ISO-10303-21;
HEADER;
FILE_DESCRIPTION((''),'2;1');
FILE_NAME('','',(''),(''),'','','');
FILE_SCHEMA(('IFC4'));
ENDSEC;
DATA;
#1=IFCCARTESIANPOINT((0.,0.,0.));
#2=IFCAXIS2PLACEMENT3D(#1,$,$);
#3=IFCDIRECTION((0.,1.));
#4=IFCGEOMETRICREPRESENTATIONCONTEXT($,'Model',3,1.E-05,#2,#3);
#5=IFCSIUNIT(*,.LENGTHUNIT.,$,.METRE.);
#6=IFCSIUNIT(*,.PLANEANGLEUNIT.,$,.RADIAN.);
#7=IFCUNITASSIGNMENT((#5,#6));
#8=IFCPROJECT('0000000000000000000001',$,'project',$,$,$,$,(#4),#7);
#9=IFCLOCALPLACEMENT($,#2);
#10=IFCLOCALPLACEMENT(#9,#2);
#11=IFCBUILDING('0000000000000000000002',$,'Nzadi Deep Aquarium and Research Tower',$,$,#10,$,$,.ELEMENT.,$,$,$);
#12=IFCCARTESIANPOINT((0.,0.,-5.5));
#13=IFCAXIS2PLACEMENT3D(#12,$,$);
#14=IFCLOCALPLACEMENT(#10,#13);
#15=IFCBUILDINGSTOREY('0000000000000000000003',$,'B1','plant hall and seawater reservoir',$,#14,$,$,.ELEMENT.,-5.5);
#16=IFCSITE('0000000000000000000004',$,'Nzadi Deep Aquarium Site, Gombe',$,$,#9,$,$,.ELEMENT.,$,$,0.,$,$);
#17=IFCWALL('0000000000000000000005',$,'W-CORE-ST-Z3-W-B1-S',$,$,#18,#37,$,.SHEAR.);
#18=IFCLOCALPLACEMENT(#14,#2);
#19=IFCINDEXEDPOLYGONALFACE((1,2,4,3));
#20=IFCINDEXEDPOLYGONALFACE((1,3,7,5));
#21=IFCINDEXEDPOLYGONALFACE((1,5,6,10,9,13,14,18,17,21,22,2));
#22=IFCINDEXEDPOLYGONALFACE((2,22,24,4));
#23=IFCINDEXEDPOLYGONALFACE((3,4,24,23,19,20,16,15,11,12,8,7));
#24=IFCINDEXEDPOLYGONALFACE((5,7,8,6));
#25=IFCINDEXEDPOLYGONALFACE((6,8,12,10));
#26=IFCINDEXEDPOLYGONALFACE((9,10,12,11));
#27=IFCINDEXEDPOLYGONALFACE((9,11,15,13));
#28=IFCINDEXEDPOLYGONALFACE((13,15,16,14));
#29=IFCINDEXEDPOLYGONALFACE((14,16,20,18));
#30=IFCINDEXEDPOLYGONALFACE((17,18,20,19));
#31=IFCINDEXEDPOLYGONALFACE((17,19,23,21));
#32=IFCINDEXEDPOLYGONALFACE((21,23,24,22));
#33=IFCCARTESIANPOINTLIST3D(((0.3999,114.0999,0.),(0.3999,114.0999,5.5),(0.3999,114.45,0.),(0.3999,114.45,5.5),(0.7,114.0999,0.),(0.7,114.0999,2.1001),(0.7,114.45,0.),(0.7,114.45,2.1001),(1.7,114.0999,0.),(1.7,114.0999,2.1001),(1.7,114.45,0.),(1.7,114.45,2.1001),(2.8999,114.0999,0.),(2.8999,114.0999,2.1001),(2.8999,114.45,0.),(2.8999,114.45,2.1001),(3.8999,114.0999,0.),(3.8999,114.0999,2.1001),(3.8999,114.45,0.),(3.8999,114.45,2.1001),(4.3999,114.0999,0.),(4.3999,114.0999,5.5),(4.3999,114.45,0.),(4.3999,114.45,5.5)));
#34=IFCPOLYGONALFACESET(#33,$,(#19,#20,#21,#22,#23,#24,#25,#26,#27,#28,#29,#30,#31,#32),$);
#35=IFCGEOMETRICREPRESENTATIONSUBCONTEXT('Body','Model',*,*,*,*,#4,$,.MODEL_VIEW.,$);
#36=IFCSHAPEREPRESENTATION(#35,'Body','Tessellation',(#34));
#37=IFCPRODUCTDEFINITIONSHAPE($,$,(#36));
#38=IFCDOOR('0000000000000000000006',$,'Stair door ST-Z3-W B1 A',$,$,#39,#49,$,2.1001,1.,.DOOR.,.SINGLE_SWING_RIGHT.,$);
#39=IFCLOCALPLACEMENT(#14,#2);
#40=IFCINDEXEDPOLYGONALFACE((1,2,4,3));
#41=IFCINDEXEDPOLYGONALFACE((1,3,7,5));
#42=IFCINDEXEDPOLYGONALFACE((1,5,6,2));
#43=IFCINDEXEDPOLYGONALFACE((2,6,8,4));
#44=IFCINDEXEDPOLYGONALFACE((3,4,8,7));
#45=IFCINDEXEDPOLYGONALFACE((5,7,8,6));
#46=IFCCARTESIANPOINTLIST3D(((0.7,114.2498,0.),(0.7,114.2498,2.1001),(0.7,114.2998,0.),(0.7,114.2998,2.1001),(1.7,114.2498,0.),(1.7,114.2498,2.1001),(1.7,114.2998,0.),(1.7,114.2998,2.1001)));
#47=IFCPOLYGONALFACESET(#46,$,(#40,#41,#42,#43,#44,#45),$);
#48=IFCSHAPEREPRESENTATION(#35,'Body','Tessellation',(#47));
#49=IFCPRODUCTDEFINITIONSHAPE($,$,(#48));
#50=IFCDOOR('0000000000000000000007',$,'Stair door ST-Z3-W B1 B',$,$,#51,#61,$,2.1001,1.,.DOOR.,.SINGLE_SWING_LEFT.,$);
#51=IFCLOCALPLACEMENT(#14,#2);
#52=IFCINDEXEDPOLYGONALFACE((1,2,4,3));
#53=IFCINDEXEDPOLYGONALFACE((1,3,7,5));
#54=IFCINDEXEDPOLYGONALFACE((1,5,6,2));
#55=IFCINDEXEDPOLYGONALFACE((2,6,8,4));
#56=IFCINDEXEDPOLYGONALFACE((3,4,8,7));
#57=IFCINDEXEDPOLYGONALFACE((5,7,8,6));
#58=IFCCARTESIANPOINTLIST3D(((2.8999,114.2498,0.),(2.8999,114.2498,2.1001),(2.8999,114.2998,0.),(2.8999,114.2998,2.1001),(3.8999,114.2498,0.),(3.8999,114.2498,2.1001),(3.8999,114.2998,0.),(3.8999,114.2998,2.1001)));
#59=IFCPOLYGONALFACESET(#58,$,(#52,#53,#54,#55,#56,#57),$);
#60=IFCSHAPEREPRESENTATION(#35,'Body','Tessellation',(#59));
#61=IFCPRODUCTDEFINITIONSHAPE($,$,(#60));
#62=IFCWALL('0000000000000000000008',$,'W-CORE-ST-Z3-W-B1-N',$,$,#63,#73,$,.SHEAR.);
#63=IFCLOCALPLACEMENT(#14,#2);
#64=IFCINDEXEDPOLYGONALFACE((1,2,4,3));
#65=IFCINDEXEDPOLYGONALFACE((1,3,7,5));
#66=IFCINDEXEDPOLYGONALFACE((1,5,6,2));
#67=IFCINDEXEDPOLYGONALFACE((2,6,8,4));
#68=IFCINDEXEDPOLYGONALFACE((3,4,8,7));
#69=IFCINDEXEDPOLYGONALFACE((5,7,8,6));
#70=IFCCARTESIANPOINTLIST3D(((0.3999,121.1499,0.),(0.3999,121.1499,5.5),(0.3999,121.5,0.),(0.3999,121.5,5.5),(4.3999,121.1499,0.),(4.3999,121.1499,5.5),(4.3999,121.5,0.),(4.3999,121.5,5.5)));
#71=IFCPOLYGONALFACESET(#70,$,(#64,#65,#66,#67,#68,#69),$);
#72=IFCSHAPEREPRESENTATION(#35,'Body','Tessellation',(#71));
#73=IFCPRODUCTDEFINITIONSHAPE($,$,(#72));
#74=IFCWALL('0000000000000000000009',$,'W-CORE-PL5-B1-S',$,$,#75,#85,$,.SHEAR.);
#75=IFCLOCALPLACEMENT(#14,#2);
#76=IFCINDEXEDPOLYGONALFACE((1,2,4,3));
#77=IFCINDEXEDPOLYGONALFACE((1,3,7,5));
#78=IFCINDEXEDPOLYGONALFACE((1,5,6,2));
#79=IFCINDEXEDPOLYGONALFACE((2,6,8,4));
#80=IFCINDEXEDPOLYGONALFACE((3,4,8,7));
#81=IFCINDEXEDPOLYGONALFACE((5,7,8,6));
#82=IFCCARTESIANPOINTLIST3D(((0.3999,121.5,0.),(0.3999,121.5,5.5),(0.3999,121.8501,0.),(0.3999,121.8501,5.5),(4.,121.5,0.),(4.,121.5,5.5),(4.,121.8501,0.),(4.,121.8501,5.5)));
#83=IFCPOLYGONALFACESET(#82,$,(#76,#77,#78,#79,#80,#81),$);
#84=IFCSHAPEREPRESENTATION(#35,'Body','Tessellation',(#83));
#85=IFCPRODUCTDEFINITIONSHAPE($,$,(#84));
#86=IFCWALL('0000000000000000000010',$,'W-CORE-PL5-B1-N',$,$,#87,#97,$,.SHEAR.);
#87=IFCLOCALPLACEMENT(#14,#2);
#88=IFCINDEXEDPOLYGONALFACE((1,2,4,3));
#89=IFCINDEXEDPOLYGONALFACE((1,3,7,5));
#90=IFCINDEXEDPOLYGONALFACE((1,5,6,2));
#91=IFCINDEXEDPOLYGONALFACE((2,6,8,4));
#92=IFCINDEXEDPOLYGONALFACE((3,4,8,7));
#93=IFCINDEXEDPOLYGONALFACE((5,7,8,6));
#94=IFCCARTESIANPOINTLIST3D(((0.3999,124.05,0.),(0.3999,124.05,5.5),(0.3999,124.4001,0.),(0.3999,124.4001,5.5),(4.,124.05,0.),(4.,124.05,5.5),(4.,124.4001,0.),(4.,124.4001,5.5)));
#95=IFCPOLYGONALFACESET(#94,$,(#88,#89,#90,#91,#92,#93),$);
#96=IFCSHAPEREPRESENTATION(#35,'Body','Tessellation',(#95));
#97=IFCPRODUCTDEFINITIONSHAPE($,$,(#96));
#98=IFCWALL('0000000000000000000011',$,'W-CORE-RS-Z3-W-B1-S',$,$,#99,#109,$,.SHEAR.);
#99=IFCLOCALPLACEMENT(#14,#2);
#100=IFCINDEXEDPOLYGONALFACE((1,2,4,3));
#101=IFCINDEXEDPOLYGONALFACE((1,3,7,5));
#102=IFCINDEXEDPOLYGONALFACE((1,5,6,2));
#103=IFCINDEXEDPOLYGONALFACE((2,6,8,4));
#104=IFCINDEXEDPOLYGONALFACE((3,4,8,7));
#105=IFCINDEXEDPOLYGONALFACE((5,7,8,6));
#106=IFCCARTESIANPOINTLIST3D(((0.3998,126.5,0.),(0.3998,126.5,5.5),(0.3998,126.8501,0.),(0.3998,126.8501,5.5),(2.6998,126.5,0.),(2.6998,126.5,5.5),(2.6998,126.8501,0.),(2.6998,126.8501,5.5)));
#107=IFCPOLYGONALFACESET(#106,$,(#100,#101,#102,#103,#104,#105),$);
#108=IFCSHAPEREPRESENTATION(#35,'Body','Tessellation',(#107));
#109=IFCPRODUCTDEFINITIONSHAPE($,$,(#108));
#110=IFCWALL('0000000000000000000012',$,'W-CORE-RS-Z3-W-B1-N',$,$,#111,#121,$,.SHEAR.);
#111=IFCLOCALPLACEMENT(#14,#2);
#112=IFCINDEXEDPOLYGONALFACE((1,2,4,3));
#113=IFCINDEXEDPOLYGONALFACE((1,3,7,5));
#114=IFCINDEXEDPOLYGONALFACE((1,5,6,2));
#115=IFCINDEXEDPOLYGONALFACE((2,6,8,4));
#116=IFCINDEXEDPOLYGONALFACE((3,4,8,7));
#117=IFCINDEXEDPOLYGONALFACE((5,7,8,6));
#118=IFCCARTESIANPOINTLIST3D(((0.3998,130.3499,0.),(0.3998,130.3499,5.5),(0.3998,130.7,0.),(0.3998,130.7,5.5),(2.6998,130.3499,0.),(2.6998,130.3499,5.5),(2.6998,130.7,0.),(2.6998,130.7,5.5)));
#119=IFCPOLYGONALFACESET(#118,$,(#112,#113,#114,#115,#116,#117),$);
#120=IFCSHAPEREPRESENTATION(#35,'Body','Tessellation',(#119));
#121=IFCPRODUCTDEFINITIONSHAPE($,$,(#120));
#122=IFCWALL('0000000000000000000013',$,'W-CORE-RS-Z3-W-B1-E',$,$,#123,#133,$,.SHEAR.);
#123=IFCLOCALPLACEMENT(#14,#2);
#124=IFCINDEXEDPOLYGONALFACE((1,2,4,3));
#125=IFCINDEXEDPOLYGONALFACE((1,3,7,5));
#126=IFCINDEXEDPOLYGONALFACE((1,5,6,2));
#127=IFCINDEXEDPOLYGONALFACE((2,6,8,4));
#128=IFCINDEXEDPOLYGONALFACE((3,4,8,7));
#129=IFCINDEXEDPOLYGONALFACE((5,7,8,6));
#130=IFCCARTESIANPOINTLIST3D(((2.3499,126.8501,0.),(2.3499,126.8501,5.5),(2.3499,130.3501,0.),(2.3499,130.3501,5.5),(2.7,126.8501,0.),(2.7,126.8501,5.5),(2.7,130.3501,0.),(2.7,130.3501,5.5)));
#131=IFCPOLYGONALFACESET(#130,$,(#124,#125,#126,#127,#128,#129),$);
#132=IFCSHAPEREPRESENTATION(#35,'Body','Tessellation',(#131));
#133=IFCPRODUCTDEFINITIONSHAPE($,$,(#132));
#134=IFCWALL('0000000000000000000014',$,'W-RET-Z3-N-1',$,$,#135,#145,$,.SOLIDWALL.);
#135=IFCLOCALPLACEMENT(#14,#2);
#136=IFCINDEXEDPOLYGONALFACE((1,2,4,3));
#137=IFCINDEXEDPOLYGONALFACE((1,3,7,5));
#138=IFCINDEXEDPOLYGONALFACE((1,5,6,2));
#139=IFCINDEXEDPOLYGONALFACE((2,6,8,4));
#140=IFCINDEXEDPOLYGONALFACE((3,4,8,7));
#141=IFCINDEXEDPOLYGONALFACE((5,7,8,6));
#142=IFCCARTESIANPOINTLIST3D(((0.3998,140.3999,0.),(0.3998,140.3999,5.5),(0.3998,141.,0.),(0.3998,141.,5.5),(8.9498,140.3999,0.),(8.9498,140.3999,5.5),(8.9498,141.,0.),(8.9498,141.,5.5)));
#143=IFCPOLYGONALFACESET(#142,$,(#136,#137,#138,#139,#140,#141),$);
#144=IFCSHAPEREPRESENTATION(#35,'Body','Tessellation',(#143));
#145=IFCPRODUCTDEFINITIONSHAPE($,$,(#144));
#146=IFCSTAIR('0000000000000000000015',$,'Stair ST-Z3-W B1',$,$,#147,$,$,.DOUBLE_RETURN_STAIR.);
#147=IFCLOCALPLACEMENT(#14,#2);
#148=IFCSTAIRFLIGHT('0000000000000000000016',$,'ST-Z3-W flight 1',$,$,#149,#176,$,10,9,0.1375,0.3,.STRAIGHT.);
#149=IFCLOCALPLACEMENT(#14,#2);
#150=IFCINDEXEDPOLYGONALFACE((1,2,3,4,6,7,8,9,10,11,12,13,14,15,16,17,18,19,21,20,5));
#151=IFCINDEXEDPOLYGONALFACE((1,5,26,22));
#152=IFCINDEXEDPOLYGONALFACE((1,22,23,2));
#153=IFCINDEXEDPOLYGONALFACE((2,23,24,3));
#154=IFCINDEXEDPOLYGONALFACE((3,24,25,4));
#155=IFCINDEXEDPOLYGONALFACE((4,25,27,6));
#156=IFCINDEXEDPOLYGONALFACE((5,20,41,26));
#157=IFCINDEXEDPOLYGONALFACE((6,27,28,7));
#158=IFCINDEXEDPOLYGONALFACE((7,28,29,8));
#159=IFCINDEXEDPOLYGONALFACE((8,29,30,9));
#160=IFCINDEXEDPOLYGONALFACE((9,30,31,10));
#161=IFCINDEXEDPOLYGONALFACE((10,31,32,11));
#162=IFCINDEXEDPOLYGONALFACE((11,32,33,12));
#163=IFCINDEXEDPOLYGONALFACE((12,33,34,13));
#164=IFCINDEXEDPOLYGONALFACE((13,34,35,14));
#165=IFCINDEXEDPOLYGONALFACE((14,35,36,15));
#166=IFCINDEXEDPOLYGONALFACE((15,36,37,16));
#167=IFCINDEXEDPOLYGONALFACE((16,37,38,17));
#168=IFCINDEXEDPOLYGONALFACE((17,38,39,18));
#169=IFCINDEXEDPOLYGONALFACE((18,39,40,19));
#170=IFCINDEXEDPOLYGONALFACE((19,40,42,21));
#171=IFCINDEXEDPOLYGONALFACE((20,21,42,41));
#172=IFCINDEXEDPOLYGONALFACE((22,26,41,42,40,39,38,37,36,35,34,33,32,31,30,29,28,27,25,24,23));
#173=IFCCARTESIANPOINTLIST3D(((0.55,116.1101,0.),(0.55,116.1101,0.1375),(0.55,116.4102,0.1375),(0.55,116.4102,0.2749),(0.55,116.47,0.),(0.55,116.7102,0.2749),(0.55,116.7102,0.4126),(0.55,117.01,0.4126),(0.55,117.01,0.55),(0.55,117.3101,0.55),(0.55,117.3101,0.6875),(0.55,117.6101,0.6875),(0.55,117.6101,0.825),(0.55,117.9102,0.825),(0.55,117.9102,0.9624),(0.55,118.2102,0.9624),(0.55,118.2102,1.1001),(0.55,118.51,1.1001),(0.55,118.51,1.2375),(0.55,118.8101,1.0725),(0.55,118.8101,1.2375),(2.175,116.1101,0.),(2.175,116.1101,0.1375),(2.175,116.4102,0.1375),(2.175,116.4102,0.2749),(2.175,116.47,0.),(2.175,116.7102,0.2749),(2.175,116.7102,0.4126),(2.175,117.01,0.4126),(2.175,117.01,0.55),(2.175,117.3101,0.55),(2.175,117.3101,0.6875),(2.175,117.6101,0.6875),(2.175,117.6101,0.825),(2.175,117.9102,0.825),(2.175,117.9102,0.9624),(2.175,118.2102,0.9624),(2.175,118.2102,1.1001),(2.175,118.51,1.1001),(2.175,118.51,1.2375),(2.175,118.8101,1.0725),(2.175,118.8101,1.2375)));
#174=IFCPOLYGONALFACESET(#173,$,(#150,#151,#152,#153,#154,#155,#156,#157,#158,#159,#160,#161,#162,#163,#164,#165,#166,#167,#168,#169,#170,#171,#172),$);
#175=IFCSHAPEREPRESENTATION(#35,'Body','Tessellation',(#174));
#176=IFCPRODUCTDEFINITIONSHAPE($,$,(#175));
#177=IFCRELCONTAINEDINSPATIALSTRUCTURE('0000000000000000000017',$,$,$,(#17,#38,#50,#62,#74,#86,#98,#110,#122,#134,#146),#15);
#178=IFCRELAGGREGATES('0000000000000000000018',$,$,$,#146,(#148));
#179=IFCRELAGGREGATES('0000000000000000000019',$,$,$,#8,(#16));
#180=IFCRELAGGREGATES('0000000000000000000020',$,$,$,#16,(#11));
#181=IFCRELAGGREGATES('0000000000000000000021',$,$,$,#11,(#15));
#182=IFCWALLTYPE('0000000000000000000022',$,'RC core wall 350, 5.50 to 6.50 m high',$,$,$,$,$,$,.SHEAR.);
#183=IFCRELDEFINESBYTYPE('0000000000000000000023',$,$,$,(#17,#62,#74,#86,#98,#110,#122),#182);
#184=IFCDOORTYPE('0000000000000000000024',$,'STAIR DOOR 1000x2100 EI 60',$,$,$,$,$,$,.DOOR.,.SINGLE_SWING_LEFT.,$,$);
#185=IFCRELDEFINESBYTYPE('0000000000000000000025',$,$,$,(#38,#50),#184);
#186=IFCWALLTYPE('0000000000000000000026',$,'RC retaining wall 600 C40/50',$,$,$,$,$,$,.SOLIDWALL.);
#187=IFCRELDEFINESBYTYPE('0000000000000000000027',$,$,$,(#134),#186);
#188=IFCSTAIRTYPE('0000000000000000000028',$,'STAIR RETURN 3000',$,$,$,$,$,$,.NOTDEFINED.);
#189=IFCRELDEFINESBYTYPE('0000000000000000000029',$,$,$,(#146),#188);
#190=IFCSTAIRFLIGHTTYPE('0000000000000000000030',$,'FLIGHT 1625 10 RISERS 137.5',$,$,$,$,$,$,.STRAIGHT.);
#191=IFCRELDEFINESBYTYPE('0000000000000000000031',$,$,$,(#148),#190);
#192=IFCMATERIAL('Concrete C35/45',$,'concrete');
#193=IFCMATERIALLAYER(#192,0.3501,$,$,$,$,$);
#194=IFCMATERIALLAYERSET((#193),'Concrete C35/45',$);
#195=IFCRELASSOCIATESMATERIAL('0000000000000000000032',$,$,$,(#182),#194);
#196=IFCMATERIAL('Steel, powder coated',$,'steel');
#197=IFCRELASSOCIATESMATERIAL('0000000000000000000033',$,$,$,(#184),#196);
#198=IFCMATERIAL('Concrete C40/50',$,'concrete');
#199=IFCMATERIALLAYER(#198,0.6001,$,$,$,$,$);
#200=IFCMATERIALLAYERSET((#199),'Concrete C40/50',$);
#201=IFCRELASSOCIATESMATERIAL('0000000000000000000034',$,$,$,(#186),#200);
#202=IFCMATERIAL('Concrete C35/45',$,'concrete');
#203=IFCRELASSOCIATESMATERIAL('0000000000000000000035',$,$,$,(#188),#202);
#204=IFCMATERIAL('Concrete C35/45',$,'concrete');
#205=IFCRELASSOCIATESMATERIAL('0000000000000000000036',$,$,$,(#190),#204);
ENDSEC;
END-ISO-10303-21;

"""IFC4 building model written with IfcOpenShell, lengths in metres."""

from ifc_helpers import new_model, si_unit, direction, frame, frame_2d, origin, place, context, subcontext, project, spatial, polyline, rectangle, outline, extrude, material, layer, layer_set, type_object, element, fill, aggregate, save


model = new_model("IFC4")

# Units and contexts
model_context = context("Model", 3, precision=1e-05, world=origin(), true_north=direction((0.0, 1.0)))
body_context = subcontext(model_context, "Body", "Model", "MODEL_VIEW")
ifc_project = project(units=[si_unit("LENGTHUNIT", "METRE"), si_unit("PLANEANGLEUNIT", "RADIAN")], contexts=[model_context])

# Site, building, storey
site_placement = place(None, origin())
site = spatial("IfcSite", under=ifc_project, at=site_placement, Name="Nzadi Deep Aquarium Site, Gombe", CompositionType="ELEMENT", RefElevation=0.0)
building_placement = place(site_placement, origin())
building = spatial("IfcBuilding", under=site, at=building_placement, Name="Nzadi Deep Aquarium and Research Tower", CompositionType="ELEMENT")
storey_placement = place(building_placement, frame((0.0, 0.0, -5.5)))
storey = spatial("IfcBuildingStorey", under=building, at=storey_placement, Name="B1", Description="plant hall and seawater reservoir", CompositionType="ELEMENT", Elevation=-5.5)

# Wall, openings, doors
ifc_material_1 = material(Name="Concrete C35/45", Category="concrete")
ifc_layer_1 = layer(ifc_material_1, 0.3501)
ifc_layer_set_1 = layer_set([ifc_layer_1], Name="Concrete C35/45")
wall_type_1 = type_object("IfcWallType", Name="RC core wall 350, 5.50 to 6.50 m high", PredefinedType="SHEAR", material=ifc_layer_set_1)
wall_1_placement = place(storey_placement, frame((0.3999, 114.2749, 0.0), z_axis=(0.0, 0.0, 1.0), x_axis=(1.0, 0.0, 0.0)))
wall_1 = element("IfcWall", 1, at=wall_1_placement, inside=storey, type_object=wall_type_1, Name="W-CORE-ST-Z3-W-B1-S", PredefinedType="SHEAR", context=body_context, shape_type="SweptSolid", body=[
    extrude(rectangle(XDim=4.0, YDim=0.3501, at=frame_2d((2.0, 0.0))), origin(), (0.0, 0.0, 1.0), 5.5),
])
opening_1_placement = place(wall_1_placement, frame((0.3, 0.0, 0.0)))
opening_1 = element("IfcOpeningElement", 2, at=opening_1_placement, cuts=wall_1, PredefinedType="OPENING", context=body_context, shape_type="SweptSolid", body=[
    extrude(rectangle(XDim=1.0, YDim=2.1001, at=frame_2d((0.5, 1.05))), frame((0.0, 0.1851, 0.0), z_axis=(0.0, -1.0, 0.0), x_axis=(1.0, 0.0, 0.0)), (0.0, 0.0, 1.0), 0.3701),
])
opening_2_placement = place(wall_1_placement, frame((2.5, 0.0, 0.0)))
opening_2 = element("IfcOpeningElement", 3, at=opening_2_placement, cuts=wall_1, PredefinedType="OPENING", context=body_context, shape_type="SweptSolid", body=[
    extrude(rectangle(XDim=1.0, YDim=2.1001, at=frame_2d((0.5, 1.05))), frame((0.0, 0.1851, 0.0), z_axis=(0.0, -1.0, 0.0), x_axis=(1.0, 0.0, 0.0)), (0.0, 0.0, 1.0), 0.3701),
])
ifc_material_2 = material(Name="Steel, powder coated", Category="steel")
door_type = type_object("IfcDoorType", Name="STAIR DOOR 1000x2100 EI 60", OperationType="SINGLE_SWING_LEFT", PredefinedType="DOOR", material=ifc_material_2)
door_1_placement = place(opening_1_placement, origin())
door_1 = element("IfcDoor", 4, at=door_1_placement, inside=storey, type_object=door_type, Name="Stair door ST-Z3-W B1 A", OperationType="SINGLE_SWING_RIGHT", OverallHeight=2.1001, OverallWidth=1.0, PredefinedType="DOOR", context=body_context, shape_type="SweptSolid", body=[
    extrude(rectangle(XDim=1.0, YDim=2.1001, at=frame_2d((0.5, 1.05))), frame((0.0, 0.0249, 0.0), z_axis=(0.0, -1.0, 0.0), x_axis=(1.0, 0.0, 0.0)), (0.0, 0.0, 1.0), 0.05),
])
fill(opening_1, door_1)
door_2_placement = place(opening_2_placement, origin())
door_2 = element("IfcDoor", 5, at=door_2_placement, inside=storey, type_object=door_type, Name="Stair door ST-Z3-W B1 B", OperationType="SINGLE_SWING_LEFT", OverallHeight=2.1001, OverallWidth=1.0, PredefinedType="DOOR", context=body_context, shape_type="SweptSolid", body=[
    extrude(rectangle(XDim=1.0, YDim=2.1001, at=frame_2d((0.5, 1.05))), frame((0.0, 0.0249, 0.0), z_axis=(0.0, -1.0, 0.0), x_axis=(1.0, 0.0, 0.0)), (0.0, 0.0, 1.0), 0.05),
])
fill(opening_2, door_2)

# Walls
wall_2_placement = place(storey_placement, frame((0.3999, 121.325, 0.0), z_axis=(0.0, 0.0, 1.0), x_axis=(1.0, 0.0, 0.0)))
element("IfcWall", 6, at=wall_2_placement, inside=storey, type_object=wall_type_1, Name="W-CORE-ST-Z3-W-B1-N", PredefinedType="SHEAR", context=body_context, shape_type="SweptSolid", body=[
    extrude(rectangle(XDim=4.0, YDim=0.3501, at=frame_2d((2.0, 0.0))), origin(), (0.0, 0.0, 1.0), 5.5),
])
for number, where, z_axis, x_axis, name in (
    (7, (0.3999, 121.675, 0.0), (0.0, 0.0, 1.0), (1.0, 0.0, 0.0), "W-CORE-PL5-B1-S"),
    (8, (0.3999, 124.2251, 0.0), (0.0, 0.0, 1.0), (1.0, 0.0, 0.0), "W-CORE-PL5-B1-N"),
):
    element("IfcWall", number, at=place(storey_placement, frame(where, z_axis=z_axis, x_axis=x_axis)), inside=storey, type_object=wall_type_1, Name=name, PredefinedType="SHEAR", context=body_context, shape_type="SweptSolid", body=[
        extrude(rectangle(XDim=3.6001, YDim=0.3501, at=frame_2d((1.8, 0.0))), origin(), (0.0, 0.0, 1.0), 5.5),
    ])
for number, where, z_axis, x_axis, name in (
    (9, (0.3999, 126.675, 0.0), (0.0, 0.0, 1.0), (1.0, 0.0, 0.0), "W-CORE-RS-Z3-W-B1-S"),
    (10, (0.3999, 130.5249, 0.0), (0.0, 0.0, 1.0), (1.0, 0.0, 0.0), "W-CORE-RS-Z3-W-B1-N"),
):
    element("IfcWall", number, at=place(storey_placement, frame(where, z_axis=z_axis, x_axis=x_axis)), inside=storey, type_object=wall_type_1, Name=name, PredefinedType="SHEAR", context=body_context, shape_type="SweptSolid", body=[
        extrude(rectangle(XDim=2.3, YDim=0.3501, at=frame_2d((1.1499, 0.0))), origin(), (0.0, 0.0, 1.0), 5.5),
    ])
wall_3_placement = place(storey_placement, frame((2.5249, 126.8501, 0.0), z_axis=(0.0, 0.0, 1.0), x_axis=(0.0, 1.0, 0.0)))
element("IfcWall", 11, at=wall_3_placement, inside=storey, type_object=wall_type_1, Name="W-CORE-RS-Z3-W-B1-E", PredefinedType="SHEAR", context=body_context, shape_type="SweptSolid", body=[
    extrude(rectangle(XDim=3.5, YDim=0.3501, at=frame_2d((1.75, 0.0))), origin(), (0.0, 0.0, 1.0), 5.5),
])
ifc_material_3 = material(Name="Concrete C40/50", Category="concrete")
ifc_layer_2 = layer(ifc_material_3, 0.6001)
ifc_layer_set_2 = layer_set([ifc_layer_2], Name="Concrete C40/50")
wall_type_2 = type_object("IfcWallType", Name="RC retaining wall 600 C40/50", PredefinedType="SOLIDWALL", material=ifc_layer_set_2)
wall_4_placement = place(storey_placement, frame((0.3999, 140.7, 0.0), z_axis=(0.0, 0.0, 1.0), x_axis=(1.0, 0.0, 0.0)))
element("IfcWall", 12, at=wall_4_placement, inside=storey, type_object=wall_type_2, Name="W-RET-Z3-N-1", PredefinedType="SOLIDWALL", context=body_context, shape_type="SweptSolid", body=[
    extrude(rectangle(XDim=8.55, YDim=0.6001, at=frame_2d((4.2749, 0.0))), origin(), (0.0, 0.0, 1.0), 5.5),
])

# Stair, stair flight
ifc_material_4 = material(Name="Concrete C35/45", Category="concrete")
stair_type = type_object("IfcStairType", Name="STAIR RETURN 3000", PredefinedType="NOTDEFINED", material=ifc_material_4)
stair_placement = place(storey_placement, origin())
stair = element("IfcStair", 13, at=stair_placement, inside=storey, type_object=stair_type, Name="Stair ST-Z3-W B1", PredefinedType="DOUBLE_RETURN_STAIR")
ifc_material_5 = material(Name="Concrete C35/45", Category="concrete")
stair_flight_type = type_object("IfcStairFlightType", Name="FLIGHT 1625 10 RISERS 137.5", PredefinedType="STRAIGHT", material=ifc_material_5)
stair_flight_1_placement = place(storey_placement, frame((1.3625, 116.1101, 0.0), z_axis=(0.0, 0.0, 1.0), x_axis=(0.0, 1.0, 0.0)))
stair_flight_1 = element("IfcStairFlight", 14, at=stair_flight_1_placement, type_object=stair_flight_type, Name="ST-Z3-W flight 1", NumberOfRisers=10, NumberOfTreads=9, PredefinedType="STRAIGHT", RiserHeight=0.1375, TreadLength=0.3, context=body_context, shape_type="SweptSolid", body=[
    extrude(outline(polyline([(0.0, 0.0), (0.0, 0.1375), (0.3, 0.1375), (0.3, 0.2749), (0.6001, 0.2749), (0.6001, 0.4126), (0.8999, 0.4126), (0.8999, 0.55), (1.2, 0.55), (1.2, 0.6875), (1.5, 0.6875), (1.5, 0.825), (1.8, 0.825), (1.8, 0.9624), (2.1001, 0.9624), (2.1001, 1.1001), (2.3999, 1.1001), (2.3999, 1.2375), (2.7, 1.2375), (2.7, 1.375), (2.7, 1.0725), (0.3599, 0.0), (0.0, 0.0)])), frame((0.0, 0.8125, 0.0), z_axis=(0.0, -1.0, 0.0), x_axis=(1.0, 0.0, 0.0)), (0.0, 0.0, 1.0), 1.625),
])
aggregate(stair, [stair_flight_1])

save(model, "model.ifc")
